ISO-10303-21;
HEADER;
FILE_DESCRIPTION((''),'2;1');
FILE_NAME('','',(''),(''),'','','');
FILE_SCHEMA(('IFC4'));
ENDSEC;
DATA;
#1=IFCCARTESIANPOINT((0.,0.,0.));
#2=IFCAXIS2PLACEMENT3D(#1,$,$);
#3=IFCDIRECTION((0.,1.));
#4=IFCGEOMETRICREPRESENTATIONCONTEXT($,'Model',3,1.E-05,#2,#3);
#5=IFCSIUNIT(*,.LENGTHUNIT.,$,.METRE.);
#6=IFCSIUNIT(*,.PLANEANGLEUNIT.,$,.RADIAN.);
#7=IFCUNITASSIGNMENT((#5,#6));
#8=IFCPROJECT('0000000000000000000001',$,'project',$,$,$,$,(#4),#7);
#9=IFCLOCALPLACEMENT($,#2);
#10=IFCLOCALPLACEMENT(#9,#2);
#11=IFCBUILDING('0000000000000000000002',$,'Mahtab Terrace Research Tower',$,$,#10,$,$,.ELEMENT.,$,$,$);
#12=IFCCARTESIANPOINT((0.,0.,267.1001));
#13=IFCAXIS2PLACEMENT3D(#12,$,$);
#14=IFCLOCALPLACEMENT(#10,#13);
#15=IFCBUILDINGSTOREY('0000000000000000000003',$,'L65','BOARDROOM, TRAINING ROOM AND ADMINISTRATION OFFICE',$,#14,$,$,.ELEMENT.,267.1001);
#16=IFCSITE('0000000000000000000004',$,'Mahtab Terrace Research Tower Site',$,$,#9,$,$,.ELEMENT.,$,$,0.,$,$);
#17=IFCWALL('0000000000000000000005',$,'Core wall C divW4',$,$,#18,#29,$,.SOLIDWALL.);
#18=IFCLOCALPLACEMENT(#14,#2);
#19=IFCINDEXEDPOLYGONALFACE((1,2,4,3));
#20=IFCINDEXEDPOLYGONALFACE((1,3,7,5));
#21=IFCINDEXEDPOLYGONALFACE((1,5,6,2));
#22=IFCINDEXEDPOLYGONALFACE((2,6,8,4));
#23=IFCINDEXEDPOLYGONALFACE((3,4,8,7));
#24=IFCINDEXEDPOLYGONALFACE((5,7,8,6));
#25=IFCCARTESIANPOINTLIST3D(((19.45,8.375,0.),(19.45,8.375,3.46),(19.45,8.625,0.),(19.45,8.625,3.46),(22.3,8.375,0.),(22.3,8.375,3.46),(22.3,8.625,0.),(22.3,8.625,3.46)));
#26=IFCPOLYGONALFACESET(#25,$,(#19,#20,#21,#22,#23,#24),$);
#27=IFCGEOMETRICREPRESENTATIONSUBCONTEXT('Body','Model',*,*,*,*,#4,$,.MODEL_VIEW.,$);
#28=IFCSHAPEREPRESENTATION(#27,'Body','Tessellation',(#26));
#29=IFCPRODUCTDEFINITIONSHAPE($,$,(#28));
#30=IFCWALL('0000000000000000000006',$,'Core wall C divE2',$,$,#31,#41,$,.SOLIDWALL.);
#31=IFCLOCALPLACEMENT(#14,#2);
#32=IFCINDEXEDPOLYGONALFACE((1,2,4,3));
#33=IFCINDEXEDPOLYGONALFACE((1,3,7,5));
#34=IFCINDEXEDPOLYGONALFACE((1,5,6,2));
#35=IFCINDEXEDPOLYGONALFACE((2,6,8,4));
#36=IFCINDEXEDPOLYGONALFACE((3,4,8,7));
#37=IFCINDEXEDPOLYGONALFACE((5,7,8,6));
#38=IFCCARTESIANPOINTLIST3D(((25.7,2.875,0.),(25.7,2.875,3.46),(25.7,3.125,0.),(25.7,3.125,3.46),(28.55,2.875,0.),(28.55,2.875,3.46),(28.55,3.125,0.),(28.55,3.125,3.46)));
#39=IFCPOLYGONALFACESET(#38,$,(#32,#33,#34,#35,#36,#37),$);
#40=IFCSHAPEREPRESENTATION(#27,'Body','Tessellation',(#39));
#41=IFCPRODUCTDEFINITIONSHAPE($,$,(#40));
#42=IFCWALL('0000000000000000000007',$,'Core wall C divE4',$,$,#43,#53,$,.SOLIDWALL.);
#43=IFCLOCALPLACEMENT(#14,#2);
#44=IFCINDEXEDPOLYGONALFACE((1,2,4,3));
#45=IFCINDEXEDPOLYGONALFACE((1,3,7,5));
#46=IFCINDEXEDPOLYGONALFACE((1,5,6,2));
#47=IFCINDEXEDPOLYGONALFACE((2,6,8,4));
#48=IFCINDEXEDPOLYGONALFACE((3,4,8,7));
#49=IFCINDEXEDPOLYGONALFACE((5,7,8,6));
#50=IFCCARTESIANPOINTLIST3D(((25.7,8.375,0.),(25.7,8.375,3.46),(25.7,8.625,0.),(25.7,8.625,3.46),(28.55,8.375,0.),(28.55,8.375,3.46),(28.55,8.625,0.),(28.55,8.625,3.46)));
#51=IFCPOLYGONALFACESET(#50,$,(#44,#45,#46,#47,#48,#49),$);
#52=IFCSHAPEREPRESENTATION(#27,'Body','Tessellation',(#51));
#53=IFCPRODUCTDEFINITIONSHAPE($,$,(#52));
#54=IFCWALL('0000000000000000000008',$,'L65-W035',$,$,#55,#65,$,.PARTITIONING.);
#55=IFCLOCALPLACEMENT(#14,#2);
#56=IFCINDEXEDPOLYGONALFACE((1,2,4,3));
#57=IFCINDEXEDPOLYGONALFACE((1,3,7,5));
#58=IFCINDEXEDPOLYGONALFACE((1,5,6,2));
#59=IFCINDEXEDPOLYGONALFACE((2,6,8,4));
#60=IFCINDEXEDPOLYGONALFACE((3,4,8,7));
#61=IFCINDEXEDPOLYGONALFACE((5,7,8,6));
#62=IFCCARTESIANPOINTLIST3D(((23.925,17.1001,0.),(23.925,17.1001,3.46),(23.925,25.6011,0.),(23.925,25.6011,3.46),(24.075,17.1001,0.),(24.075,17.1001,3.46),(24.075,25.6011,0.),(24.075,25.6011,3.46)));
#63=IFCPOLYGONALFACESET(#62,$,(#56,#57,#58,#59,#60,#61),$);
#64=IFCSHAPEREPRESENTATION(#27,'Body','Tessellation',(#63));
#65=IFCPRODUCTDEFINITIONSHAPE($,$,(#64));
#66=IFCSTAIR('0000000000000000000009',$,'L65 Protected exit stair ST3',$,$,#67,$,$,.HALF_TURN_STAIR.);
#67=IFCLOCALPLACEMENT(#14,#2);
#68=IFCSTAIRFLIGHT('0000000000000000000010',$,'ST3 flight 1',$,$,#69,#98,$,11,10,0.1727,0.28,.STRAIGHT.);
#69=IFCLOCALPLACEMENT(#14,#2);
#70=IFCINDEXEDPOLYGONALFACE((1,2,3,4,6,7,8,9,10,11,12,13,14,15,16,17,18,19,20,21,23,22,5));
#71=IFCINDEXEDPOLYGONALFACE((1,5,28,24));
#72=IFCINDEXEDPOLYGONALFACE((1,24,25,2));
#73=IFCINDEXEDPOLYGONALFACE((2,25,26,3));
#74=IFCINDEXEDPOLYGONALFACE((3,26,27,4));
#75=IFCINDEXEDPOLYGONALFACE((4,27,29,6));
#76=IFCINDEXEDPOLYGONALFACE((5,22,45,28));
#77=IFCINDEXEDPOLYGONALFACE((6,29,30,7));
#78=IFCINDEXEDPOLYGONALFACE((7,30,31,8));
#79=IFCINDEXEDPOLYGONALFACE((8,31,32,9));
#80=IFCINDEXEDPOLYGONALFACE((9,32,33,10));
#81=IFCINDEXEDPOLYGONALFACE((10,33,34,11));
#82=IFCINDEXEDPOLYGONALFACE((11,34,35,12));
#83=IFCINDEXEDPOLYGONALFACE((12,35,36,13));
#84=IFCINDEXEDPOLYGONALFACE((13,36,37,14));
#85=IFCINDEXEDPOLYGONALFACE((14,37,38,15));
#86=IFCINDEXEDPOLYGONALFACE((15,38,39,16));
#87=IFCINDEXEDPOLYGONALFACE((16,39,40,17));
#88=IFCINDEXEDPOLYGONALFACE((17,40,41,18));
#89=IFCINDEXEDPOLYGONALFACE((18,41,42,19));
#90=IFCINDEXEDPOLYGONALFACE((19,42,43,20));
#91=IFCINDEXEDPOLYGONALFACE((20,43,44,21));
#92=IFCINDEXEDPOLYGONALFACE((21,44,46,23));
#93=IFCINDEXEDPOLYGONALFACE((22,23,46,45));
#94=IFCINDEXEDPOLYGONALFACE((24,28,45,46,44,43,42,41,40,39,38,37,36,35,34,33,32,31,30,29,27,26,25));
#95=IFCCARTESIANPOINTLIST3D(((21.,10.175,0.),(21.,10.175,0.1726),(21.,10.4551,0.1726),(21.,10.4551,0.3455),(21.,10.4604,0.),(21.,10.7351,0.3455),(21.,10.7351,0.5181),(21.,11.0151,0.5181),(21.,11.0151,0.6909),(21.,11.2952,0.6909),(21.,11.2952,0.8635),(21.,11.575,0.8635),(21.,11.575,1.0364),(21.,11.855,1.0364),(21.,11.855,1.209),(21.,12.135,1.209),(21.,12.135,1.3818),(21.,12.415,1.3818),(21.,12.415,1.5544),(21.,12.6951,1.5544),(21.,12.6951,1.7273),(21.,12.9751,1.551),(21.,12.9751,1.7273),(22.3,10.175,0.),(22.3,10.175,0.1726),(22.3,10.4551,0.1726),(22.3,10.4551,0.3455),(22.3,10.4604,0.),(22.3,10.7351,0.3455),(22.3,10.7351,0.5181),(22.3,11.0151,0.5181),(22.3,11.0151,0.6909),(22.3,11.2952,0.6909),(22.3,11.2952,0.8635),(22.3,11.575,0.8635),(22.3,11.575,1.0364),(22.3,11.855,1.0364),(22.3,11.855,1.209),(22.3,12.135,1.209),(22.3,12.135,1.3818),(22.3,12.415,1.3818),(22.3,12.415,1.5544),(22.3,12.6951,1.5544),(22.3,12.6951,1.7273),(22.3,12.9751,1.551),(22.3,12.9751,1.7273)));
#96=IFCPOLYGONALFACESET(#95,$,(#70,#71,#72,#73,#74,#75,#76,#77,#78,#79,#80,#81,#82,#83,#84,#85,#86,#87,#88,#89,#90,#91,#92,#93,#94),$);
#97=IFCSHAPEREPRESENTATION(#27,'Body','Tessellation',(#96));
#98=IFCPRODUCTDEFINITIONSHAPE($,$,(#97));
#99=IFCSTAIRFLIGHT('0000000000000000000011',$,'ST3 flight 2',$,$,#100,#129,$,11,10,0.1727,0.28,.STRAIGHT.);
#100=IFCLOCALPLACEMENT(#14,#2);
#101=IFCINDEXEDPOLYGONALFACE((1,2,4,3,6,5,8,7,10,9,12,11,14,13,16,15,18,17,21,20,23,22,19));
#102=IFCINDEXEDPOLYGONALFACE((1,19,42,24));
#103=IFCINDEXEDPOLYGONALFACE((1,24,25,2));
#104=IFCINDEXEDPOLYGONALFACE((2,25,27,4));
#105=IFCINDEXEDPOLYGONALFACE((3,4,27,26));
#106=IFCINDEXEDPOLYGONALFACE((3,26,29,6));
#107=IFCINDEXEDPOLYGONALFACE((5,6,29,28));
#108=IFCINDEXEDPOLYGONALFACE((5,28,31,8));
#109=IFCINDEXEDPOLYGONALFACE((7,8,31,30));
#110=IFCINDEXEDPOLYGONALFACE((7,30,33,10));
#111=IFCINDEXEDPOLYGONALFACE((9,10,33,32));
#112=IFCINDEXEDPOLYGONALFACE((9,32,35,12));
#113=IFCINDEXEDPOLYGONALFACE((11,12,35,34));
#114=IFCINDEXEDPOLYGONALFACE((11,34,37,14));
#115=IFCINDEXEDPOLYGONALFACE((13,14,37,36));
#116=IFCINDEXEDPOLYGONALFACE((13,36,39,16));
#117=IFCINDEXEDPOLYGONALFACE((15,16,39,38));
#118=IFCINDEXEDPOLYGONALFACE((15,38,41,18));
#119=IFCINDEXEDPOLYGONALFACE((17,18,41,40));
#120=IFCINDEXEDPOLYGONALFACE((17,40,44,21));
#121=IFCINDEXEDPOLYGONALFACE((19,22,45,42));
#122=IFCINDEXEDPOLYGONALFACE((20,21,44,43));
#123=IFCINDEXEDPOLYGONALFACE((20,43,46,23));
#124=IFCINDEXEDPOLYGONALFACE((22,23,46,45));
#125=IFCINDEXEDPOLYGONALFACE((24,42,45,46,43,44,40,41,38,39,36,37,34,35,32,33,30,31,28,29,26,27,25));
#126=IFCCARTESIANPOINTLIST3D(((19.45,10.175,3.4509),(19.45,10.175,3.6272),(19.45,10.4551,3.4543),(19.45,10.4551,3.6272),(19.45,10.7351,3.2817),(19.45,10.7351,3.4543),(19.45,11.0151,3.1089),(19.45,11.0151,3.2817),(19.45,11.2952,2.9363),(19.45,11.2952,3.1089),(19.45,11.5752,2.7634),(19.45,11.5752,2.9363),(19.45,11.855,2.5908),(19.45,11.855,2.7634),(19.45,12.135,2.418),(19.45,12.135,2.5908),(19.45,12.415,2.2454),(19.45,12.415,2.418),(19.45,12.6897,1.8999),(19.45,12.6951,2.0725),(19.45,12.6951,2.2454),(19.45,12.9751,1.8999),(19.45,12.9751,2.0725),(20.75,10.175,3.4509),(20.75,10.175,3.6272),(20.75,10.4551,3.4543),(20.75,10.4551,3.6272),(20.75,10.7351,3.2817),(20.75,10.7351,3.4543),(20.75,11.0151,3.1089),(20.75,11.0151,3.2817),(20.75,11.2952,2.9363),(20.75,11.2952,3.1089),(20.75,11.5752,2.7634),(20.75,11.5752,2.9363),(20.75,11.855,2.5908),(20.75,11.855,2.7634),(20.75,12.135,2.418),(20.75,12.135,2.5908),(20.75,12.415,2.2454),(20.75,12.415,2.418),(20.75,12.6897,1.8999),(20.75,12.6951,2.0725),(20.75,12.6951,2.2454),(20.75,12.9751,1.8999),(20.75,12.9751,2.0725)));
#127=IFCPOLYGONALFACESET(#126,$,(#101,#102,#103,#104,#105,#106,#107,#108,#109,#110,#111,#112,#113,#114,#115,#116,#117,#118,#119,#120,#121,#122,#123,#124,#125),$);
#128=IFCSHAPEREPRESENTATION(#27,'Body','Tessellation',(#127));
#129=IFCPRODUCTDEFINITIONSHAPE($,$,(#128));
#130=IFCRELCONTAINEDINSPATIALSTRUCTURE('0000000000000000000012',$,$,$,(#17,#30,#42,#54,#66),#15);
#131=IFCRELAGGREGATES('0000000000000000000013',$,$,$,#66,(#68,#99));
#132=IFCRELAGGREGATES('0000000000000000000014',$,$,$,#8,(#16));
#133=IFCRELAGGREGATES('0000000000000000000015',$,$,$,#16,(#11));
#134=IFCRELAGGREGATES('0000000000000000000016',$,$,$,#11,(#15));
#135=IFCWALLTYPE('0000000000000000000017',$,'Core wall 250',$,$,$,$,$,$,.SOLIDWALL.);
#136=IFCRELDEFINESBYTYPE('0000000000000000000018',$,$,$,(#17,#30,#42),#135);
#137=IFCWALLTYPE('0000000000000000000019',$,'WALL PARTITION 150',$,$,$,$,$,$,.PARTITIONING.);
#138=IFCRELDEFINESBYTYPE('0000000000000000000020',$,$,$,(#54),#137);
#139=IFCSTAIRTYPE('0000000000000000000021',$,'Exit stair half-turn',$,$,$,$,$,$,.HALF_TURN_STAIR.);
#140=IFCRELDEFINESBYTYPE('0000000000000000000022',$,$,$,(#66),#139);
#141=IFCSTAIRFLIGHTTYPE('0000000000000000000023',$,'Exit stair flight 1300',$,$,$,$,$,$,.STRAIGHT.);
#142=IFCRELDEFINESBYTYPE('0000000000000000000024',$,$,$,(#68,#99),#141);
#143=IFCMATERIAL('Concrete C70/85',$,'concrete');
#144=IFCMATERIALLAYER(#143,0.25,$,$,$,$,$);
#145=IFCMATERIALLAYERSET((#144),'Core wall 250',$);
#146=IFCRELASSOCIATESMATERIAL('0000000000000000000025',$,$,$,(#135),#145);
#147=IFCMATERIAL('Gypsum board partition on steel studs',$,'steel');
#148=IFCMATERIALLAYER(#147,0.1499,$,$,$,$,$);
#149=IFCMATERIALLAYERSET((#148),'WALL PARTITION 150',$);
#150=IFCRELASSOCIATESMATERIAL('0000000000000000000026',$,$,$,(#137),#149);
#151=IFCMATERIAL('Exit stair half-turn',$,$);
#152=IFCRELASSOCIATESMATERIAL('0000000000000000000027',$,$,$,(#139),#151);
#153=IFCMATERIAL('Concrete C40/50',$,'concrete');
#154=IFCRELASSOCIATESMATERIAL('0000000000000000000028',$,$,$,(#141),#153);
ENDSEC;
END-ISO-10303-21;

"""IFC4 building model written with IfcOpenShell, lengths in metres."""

from ifc_helpers import new_model, si_unit, direction, frame, frame_2d, origin, place, context, subcontext, project, spatial, polyline, rectangle, outline, extrude, material, layer, layer_set, type_object, element, aggregate, save


model = new_model("IFC4")

# Units and contexts
model_context = context("Model", 3, precision=1e-05, world=origin(), true_north=direction((0.0, 1.0)))
body_context = subcontext(model_context, "Body", "Model", "MODEL_VIEW")
ifc_project = project(units=[si_unit("LENGTHUNIT", "METRE"), si_unit("PLANEANGLEUNIT", "RADIAN")], contexts=[model_context])

# Site, building, storey
site_placement = place(None, origin())
site = spatial("IfcSite", under=ifc_project, at=site_placement, Name="Mahtab Terrace Research Tower Site", CompositionType="ELEMENT", RefElevation=0.0)
building_placement = place(site_placement, origin())
building = spatial("IfcBuilding", under=site, at=building_placement, Name="Mahtab Terrace Research Tower", CompositionType="ELEMENT")
storey_placement = place(building_placement, frame((0.0, 0.0, 267.1001)))
storey = spatial("IfcBuildingStorey", under=building, at=storey_placement, Name="L65", Description="BOARDROOM, TRAINING ROOM AND ADMINISTRATION OFFICE", CompositionType="ELEMENT", Elevation=267.1001)

# Shared definitions
ifc_material_1 = material(Name="Concrete C70/85", Category="concrete")
ifc_layer_1 = layer(ifc_material_1, 0.25)
ifc_layer_set_1 = layer_set([ifc_layer_1], Name="Core wall 250")
wall_type_1 = type_object("IfcWallType", Name="Core wall 250", PredefinedType="SOLIDWALL", material=ifc_layer_set_1)

# Walls
for number, where, z_axis, x_axis, name in (
    (1, (19.45, 8.5, 0.0), (0.0, 0.0, 1.0), (1.0, 0.0, 0.0), "Core wall C divW4"),
    (2, (25.7, 3.0, 0.0), (0.0, 0.0, 1.0), (1.0, 0.0, 0.0), "Core wall C divE2"),
    (3, (25.7, 8.5, 0.0), (0.0, 0.0, 1.0), (1.0, 0.0, 0.0), "Core wall C divE4"),
):
    element("IfcWall", number, at=place(storey_placement, frame(where, z_axis=z_axis, x_axis=x_axis)), inside=storey, type_object=wall_type_1, Name=name, PredefinedType="SOLIDWALL", context=body_context, shape_type="SweptSolid", body=[
        extrude(rectangle(XDim=2.8501, YDim=0.25, at=frame_2d((1.425, 0.0))), origin(), (0.0, 0.0, 1.0), 3.46),
    ])
ifc_material_2 = material(Name="Gypsum board partition on steel studs", Category="steel")
ifc_layer_2 = layer(ifc_material_2, 0.1499)
ifc_layer_set_2 = layer_set([ifc_layer_2], Name="WALL PARTITION 150")
wall_type_2 = type_object("IfcWallType", Name="WALL PARTITION 150", PredefinedType="PARTITIONING", material=ifc_layer_set_2)
wall_1_placement = place(storey_placement, frame((24.0, 17.1001, 0.0), z_axis=(0.0, 0.0, 1.0), x_axis=(0.0, 1.0, 0.0)))
element("IfcWall", 4, at=wall_1_placement, inside=storey, type_object=wall_type_2, Name="L65-W035", PredefinedType="PARTITIONING", context=body_context, shape_type="SweptSolid", body=[
    extrude(rectangle(XDim=8.501, YDim=0.1499, at=frame_2d((4.2505, 0.0))), origin(), (0.0, 0.0, 1.0), 3.46),
])

# Stair, stair flights
ifc_material_3 = material(Name="Exit stair half-turn")
stair_type = type_object("IfcStairType", Name="Exit stair half-turn", PredefinedType="HALF_TURN_STAIR", material=ifc_material_3)
stair_placement = place(storey_placement, origin())
stair = element("IfcStair", 5, at=stair_placement, inside=storey, type_object=stair_type, Name="L65 Protected exit stair ST3", PredefinedType="HALF_TURN_STAIR")
ifc_material_4 = material(Name="Concrete C40/50", Category="concrete")
stair_flight_type = type_object("IfcStairFlightType", Name="Exit stair flight 1300", PredefinedType="STRAIGHT", material=ifc_material_4)
stair_flight_1_placement = place(storey_placement, frame((21.6499, 10.175, 0.0), z_axis=(0.0, 0.0, 1.0), x_axis=(0.0, 1.0, 0.0)))
stair_flight_1 = element("IfcStairFlight", 6, at=stair_flight_1_placement, type_object=stair_flight_type, Name="ST3 flight 1", NumberOfRisers=11, NumberOfTreads=10, PredefinedType="STRAIGHT", RiserHeight=0.1727, TreadLength=0.28, context=body_context, shape_type="SweptSolid", body=[
    extrude(outline(polyline([(0.0, 0.0), (0.0, 0.1726), (0.28, 0.1726), (0.28, 0.3455), (0.5601, 0.3455), (0.5601, 0.5181), (0.8401, 0.5181), (0.8401, 0.6909), (1.1201, 0.6909), (1.1201, 0.8635), (1.3999, 0.8635), (1.3999, 1.0364), (1.6799, 1.0364), (1.6799, 1.209), (1.96, 1.209), (1.96, 1.3818), (2.24, 1.3818), (2.24, 1.5544), (2.52, 1.5544), (2.52, 1.7273), (2.8, 1.7273), (2.8, 1.8999), (2.8, 1.551), (0.2854, 0.0), (0.0, 0.0)])), frame((0.0, 0.6499, 0.0), z_axis=(0.0, -1.0, 0.0), x_axis=(1.0, 0.0, 0.0)), (0.0, 0.0, 1.0), 1.3),
])
stair_flight_2_placement = place(storey_placement, frame((20.1001, 12.9751, 1.8999), z_axis=(0.0, 0.0, 1.0), x_axis=(0.0, -1.0, 0.0)))
stair_flight_2 = element("IfcStairFlight", 7, at=stair_flight_2_placement, type_object=stair_flight_type, Name="ST3 flight 2", NumberOfRisers=11, NumberOfTreads=10, PredefinedType="STRAIGHT", RiserHeight=0.1727, TreadLength=0.28, context=body_context, shape_type="SweptSolid", body=[
    extrude(outline(polyline([(0.0, 0.0), (0.0, 0.1726), (0.28, 0.1726), (0.28, 0.3455), (0.5601, 0.3455), (0.5601, 0.5181), (0.8401, 0.5181), (0.8401, 0.6909), (1.1201, 0.6909), (1.1201, 0.8635), (1.3999, 0.8635), (1.3999, 1.0364), (1.6799, 1.0364), (1.6799, 1.209), (1.96, 1.209), (1.96, 1.3818), (2.24, 1.3818), (2.24, 1.5544), (2.52, 1.5544), (2.52, 1.7273), (2.8, 1.7273), (2.8, 1.8999), (2.8, 1.551), (0.2854, 0.0), (0.0, 0.0)])), frame((0.0, 0.6499, 0.0), z_axis=(0.0, -1.0, 0.0), x_axis=(1.0, 0.0, 0.0)), (0.0, 0.0, 1.0), 1.3),
])
aggregate(stair, [stair_flight_1, stair_flight_2])

save(model, "model.ifc")
